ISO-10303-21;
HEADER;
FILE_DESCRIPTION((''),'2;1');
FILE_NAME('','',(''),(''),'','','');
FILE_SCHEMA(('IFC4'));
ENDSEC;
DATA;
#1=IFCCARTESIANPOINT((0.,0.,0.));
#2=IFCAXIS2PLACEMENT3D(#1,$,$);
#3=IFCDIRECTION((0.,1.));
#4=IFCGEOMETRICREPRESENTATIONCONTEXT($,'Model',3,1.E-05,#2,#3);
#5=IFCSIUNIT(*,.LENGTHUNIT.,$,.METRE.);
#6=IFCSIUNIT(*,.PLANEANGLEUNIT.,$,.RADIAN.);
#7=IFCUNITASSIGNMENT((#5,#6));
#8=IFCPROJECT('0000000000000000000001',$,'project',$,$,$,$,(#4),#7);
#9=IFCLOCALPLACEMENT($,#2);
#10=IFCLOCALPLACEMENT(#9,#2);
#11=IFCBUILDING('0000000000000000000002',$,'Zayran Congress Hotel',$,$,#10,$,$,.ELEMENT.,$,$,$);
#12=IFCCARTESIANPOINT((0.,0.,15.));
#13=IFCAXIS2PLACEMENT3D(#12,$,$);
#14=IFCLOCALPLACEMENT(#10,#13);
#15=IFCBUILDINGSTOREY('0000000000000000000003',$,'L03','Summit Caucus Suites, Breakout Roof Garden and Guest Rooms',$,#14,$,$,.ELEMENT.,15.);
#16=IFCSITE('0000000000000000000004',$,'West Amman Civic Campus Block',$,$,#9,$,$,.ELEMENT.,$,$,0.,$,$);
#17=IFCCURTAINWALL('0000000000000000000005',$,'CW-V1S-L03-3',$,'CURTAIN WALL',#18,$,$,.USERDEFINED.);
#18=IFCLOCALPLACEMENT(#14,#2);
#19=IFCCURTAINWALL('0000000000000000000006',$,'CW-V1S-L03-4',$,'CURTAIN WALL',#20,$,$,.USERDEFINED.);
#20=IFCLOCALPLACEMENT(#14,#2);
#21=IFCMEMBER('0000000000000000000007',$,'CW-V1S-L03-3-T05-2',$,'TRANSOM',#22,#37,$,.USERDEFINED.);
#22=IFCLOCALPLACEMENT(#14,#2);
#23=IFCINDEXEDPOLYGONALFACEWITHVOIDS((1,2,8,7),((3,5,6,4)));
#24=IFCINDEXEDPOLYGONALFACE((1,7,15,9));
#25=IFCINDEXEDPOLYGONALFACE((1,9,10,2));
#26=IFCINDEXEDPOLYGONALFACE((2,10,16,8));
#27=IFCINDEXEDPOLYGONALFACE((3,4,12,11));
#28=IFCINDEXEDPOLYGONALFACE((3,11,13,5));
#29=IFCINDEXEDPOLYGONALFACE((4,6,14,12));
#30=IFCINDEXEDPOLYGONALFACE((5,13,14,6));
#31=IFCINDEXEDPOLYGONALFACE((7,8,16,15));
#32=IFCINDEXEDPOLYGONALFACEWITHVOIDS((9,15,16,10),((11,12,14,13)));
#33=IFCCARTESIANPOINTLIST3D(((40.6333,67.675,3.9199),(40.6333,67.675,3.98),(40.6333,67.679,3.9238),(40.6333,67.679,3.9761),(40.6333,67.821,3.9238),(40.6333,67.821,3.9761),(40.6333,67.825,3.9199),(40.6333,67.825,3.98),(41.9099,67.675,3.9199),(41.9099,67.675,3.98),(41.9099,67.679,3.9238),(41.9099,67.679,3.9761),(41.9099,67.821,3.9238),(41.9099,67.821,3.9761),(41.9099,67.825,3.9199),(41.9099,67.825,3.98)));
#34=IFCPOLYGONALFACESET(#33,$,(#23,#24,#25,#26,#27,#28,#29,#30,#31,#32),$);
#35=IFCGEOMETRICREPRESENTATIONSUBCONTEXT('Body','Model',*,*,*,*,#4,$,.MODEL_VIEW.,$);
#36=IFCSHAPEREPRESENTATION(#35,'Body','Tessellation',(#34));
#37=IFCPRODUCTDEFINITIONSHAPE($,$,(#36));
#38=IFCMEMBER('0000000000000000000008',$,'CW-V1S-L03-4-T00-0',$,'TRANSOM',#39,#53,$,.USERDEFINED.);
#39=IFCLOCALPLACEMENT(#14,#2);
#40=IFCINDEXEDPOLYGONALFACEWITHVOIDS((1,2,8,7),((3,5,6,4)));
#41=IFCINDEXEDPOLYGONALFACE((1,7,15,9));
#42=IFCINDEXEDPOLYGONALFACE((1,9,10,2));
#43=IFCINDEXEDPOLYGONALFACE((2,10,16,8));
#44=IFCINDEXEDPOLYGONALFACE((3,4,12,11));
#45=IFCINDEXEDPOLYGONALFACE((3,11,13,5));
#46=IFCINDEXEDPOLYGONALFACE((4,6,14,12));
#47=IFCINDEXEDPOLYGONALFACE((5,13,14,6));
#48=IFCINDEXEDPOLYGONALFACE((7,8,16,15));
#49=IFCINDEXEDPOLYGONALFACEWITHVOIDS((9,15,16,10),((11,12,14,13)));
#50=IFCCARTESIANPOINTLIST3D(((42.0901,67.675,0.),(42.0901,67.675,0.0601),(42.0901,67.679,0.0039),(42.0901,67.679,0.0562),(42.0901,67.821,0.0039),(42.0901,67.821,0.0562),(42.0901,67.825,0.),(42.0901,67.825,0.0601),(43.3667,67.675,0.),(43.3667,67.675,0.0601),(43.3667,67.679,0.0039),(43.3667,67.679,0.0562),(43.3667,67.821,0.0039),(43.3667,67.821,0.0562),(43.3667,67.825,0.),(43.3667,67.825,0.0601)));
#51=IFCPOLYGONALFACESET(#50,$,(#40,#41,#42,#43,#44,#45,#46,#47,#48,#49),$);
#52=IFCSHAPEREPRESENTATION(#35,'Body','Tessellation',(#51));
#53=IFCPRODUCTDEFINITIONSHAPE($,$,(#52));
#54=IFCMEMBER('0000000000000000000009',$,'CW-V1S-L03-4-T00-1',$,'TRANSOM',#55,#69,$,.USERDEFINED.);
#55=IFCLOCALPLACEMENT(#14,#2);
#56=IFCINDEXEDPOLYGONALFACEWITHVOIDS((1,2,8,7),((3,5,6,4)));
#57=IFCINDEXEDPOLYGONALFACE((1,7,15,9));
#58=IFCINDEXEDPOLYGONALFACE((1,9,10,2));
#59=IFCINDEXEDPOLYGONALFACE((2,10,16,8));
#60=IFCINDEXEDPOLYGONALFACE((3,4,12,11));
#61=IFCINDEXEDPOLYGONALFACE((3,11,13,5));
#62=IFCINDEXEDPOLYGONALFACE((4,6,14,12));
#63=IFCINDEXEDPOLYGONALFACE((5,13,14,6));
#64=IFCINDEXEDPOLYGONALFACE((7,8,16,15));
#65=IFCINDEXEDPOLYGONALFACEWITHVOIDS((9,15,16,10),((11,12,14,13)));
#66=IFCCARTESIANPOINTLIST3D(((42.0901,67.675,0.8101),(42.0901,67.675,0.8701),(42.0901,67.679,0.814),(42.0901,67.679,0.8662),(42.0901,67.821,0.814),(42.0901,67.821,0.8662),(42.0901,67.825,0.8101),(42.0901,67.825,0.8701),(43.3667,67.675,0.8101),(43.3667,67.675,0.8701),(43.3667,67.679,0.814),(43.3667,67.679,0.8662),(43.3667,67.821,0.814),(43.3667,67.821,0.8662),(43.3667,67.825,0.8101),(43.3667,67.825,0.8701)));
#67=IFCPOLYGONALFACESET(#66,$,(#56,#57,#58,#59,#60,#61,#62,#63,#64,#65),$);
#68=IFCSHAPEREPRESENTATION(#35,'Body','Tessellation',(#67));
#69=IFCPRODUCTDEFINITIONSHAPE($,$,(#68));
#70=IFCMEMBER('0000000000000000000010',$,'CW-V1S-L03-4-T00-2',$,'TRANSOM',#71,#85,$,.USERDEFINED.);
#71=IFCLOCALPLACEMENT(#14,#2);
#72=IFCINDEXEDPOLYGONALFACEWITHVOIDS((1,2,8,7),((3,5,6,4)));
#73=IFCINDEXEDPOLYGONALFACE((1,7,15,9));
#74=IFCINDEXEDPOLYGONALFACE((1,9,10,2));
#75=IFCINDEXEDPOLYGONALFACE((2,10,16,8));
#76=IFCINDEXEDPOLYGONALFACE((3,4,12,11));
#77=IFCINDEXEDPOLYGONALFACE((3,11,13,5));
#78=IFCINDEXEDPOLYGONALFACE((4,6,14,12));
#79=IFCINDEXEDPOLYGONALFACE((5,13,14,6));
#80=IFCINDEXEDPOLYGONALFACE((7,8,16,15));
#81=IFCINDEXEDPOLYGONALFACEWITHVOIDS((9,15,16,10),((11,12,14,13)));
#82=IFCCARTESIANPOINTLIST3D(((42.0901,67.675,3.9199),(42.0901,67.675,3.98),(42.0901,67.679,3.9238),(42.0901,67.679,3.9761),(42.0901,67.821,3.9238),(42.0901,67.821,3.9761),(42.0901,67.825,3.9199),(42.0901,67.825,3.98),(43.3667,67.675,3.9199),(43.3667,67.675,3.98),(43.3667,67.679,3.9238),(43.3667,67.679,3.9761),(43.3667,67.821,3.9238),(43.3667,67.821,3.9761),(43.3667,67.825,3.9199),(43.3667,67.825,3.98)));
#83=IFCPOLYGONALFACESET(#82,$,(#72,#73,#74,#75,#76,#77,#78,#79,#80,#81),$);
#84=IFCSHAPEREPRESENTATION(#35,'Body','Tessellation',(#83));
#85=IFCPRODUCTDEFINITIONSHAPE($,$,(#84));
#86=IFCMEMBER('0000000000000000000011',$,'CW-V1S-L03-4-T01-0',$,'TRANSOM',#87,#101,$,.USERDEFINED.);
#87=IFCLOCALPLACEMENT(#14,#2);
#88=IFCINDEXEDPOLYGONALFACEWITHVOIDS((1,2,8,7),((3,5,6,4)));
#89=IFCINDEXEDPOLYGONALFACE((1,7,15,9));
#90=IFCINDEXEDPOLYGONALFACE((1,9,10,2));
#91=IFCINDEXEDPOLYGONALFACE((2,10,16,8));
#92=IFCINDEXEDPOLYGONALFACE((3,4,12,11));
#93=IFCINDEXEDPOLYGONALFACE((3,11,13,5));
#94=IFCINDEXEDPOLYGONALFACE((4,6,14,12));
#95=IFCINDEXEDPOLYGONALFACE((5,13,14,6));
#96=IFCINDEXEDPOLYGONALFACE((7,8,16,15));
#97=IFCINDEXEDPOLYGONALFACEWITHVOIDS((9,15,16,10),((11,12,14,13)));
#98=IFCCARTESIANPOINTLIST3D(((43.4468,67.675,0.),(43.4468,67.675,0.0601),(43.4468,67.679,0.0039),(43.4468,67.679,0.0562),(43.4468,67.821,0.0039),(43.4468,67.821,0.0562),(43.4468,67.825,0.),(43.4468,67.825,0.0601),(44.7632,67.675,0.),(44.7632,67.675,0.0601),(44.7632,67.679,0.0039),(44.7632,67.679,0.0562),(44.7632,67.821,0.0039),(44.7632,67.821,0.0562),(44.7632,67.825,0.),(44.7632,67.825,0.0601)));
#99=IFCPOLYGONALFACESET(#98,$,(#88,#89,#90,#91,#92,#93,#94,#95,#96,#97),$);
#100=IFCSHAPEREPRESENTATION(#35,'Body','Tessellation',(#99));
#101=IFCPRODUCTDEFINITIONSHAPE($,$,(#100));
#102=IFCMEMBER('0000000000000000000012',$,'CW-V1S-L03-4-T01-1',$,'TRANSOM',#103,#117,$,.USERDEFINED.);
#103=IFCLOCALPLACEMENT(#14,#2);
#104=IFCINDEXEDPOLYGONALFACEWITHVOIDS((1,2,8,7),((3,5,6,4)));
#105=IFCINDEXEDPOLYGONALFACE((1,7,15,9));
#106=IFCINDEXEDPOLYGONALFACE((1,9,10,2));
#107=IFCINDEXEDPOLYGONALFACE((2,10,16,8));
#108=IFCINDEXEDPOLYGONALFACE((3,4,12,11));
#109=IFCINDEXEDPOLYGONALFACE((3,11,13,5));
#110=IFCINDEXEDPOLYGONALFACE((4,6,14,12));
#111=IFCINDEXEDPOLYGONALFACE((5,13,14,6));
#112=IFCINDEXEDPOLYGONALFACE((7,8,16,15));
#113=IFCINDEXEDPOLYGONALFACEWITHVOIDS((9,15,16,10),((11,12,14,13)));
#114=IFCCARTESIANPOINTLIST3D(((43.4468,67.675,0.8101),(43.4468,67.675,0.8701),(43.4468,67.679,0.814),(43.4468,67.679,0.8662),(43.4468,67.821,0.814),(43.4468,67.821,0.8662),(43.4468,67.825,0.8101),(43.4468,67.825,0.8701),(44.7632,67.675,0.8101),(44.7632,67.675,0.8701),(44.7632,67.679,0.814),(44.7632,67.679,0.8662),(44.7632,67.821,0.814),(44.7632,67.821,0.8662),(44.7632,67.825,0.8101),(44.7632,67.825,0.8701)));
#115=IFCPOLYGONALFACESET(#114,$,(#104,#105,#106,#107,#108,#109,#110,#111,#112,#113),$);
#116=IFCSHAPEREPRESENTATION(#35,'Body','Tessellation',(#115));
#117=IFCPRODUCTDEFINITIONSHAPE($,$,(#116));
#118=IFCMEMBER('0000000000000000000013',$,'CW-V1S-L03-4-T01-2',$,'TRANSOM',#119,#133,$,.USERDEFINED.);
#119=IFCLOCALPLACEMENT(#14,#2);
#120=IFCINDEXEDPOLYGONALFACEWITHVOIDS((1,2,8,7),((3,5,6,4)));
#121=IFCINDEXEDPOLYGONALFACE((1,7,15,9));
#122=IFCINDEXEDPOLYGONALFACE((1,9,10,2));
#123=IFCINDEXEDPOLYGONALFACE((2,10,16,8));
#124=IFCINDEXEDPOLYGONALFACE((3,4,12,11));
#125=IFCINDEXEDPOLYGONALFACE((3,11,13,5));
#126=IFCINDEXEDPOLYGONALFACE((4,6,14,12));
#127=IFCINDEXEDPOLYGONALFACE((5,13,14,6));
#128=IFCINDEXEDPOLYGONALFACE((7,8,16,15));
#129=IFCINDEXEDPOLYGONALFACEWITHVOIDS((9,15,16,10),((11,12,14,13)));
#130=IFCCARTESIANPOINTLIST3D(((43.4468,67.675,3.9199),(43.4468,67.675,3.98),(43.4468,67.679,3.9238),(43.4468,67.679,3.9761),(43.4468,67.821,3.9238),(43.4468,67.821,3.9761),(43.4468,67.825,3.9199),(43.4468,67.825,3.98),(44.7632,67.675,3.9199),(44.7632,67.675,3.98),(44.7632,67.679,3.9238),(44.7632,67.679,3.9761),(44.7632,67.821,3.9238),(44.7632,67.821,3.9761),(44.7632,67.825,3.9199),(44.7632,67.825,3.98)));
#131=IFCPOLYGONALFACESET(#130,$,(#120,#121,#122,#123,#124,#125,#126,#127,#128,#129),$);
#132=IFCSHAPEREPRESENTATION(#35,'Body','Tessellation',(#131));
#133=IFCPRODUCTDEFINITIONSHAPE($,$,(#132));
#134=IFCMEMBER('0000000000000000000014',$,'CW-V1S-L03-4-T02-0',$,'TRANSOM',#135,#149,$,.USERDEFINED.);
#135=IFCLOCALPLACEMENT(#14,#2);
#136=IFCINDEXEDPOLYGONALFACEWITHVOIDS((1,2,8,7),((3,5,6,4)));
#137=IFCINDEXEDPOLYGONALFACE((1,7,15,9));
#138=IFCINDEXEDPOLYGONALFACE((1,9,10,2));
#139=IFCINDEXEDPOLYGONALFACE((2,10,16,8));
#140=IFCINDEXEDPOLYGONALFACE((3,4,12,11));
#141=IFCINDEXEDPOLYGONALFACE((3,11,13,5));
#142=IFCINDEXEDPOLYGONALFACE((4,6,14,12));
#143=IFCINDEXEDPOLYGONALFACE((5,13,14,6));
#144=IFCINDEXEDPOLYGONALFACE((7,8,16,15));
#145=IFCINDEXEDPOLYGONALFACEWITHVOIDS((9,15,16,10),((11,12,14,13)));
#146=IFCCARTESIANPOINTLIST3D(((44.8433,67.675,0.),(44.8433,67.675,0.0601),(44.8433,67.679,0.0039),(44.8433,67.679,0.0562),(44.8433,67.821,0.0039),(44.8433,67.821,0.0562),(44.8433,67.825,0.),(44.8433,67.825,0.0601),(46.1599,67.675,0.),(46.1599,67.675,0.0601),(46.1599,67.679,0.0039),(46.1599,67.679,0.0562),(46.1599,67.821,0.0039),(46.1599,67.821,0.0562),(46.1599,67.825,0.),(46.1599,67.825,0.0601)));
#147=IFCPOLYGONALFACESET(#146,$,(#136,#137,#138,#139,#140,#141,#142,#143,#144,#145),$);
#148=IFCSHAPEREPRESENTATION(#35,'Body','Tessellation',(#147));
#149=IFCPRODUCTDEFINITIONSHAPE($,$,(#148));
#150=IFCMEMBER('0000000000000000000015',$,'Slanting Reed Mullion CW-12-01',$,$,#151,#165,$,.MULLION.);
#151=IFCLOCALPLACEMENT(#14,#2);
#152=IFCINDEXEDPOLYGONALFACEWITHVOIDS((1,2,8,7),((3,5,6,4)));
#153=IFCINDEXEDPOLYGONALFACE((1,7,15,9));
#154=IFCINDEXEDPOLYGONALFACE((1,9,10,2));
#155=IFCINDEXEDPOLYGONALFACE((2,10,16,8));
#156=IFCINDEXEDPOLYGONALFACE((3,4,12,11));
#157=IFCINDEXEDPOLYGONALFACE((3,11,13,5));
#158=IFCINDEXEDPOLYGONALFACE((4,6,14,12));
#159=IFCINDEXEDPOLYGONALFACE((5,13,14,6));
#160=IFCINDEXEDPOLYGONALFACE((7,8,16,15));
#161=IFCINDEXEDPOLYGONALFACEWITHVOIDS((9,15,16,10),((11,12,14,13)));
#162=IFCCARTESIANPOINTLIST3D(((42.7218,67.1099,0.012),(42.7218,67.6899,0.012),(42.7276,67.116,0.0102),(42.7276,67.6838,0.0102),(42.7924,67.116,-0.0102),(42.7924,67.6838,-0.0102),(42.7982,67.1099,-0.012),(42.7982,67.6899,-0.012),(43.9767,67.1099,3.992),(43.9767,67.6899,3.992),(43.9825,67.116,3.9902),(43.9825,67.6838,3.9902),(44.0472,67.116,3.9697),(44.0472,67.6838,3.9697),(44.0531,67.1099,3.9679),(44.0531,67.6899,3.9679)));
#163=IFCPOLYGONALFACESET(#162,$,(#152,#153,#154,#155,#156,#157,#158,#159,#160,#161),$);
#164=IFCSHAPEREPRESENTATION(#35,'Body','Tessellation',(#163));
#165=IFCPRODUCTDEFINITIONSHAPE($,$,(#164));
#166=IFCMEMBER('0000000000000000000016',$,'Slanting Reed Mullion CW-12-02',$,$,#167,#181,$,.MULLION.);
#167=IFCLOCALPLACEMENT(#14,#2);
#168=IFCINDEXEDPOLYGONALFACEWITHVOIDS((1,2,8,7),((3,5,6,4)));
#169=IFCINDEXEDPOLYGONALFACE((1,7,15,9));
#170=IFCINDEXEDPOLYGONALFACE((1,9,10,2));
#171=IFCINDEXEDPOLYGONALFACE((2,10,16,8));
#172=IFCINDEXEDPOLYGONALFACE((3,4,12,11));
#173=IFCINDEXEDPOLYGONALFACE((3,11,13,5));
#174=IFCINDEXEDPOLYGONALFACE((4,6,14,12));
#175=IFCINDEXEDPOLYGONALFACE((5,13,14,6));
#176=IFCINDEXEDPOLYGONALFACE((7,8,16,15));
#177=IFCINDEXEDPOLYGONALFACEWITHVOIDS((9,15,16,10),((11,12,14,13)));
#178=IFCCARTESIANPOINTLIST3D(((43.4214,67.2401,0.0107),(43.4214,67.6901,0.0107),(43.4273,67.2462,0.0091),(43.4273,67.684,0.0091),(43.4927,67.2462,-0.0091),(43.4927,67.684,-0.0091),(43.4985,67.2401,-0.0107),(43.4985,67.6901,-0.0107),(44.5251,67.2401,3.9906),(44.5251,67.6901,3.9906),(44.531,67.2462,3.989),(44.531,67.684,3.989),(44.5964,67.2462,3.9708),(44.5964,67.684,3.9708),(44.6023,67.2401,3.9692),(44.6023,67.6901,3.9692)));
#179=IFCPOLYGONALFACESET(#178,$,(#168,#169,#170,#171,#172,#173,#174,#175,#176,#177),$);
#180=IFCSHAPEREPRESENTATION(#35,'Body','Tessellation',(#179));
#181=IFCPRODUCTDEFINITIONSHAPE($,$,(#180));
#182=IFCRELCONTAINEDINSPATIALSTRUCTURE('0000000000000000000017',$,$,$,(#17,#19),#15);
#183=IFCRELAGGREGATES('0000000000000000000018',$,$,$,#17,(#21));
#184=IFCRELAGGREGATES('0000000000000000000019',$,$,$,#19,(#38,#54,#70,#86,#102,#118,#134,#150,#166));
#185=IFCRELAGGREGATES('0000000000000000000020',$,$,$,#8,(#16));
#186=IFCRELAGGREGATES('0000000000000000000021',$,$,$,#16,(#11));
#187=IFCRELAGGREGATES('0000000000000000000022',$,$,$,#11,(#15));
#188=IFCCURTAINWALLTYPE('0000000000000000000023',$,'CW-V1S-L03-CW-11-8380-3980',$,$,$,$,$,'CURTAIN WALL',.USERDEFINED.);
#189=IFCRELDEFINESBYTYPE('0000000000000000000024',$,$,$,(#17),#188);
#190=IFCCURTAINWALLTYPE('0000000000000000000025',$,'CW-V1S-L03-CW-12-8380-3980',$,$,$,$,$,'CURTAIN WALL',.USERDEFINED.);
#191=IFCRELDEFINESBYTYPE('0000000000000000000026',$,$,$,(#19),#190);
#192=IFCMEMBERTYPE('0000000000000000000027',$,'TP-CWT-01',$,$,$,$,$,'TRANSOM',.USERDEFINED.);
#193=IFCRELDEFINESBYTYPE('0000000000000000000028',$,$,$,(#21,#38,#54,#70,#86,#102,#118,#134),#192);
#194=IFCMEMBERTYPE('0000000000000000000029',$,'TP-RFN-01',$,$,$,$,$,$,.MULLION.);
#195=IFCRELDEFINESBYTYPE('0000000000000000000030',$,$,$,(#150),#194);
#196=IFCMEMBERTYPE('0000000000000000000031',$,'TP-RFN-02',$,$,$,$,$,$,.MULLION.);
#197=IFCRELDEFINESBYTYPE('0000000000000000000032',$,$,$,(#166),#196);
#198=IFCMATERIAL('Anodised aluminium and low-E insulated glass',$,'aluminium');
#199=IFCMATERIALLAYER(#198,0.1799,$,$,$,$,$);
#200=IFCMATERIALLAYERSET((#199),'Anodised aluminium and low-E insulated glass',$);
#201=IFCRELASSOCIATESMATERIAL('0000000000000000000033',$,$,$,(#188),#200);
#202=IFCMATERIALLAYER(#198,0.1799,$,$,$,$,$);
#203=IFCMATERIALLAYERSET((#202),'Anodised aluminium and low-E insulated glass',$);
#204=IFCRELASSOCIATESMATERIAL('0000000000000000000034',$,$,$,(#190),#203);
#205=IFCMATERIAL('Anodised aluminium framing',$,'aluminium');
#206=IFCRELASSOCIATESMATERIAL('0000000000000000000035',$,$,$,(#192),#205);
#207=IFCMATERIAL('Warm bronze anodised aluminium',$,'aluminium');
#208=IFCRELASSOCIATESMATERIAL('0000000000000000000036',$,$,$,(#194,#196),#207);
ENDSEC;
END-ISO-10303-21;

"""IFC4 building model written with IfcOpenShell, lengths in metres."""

from ifc_helpers import new_model, si_unit, direction, frame, origin, origin_2d, place, context, subcontext, project, spatial, hollow_rectangle, extrude, material, layer, layer_set, material_profile, profile_set, type_object, element, aggregate, save


model = new_model("IFC4")

# Units and contexts
model_context = context("Model", 3, precision=1e-05, world=origin(), true_north=direction((0.0, 1.0)))
body_context = subcontext(model_context, "Body", "Model", "MODEL_VIEW")
ifc_project = project(units=[si_unit("LENGTHUNIT", "METRE"), si_unit("PLANEANGLEUNIT", "RADIAN")], contexts=[model_context])

# Site, building, storey
site_placement = place(None, origin())
site = spatial("IfcSite", under=ifc_project, at=site_placement, Name="West Amman Civic Campus Block", CompositionType="ELEMENT", RefElevation=0.0)
building_placement = place(site_placement, origin())
building = spatial("IfcBuilding", under=site, at=building_placement, Name="Zayran Congress Hotel", CompositionType="ELEMENT")
storey_placement = place(building_placement, frame((0.0, 0.0, 15.0)))
storey = spatial("IfcBuildingStorey", under=building, at=storey_placement, Name="L03", Description="Summit Caucus Suites, Breakout Roof Garden and Guest Rooms", CompositionType="ELEMENT", Elevation=15.0)

# Curtain walls
ifc_material_1 = material(Name="Anodised aluminium and low-E insulated glass", Category="aluminium")
ifc_layer_1 = layer(ifc_material_1, 0.1799)
ifc_layer_set_1 = layer_set([ifc_layer_1], Name="Anodised aluminium and low-E insulated glass")
curtain_wall_type_1 = type_object("IfcCurtainWallType", Name="CW-V1S-L03-CW-11-8380-3980", ElementType="CURTAIN WALL", PredefinedType="USERDEFINED", material=ifc_layer_set_1)
curtain_wall_1_placement = place(storey_placement, origin())
curtain_wall_1 = element("IfcCurtainWall", 1, at=curtain_wall_1_placement, inside=storey, type_object=curtain_wall_type_1, Name="CW-V1S-L03-3", ObjectType="CURTAIN WALL", PredefinedType="USERDEFINED")
ifc_material_2 = material(Name="Anodised aluminium framing", Category="aluminium")
ifc_layer_2 = layer(ifc_material_1, 0.1799)
ifc_layer_set_2 = layer_set([ifc_layer_2], Name="Anodised aluminium and low-E insulated glass")
curtain_wall_type_2 = type_object("IfcCurtainWallType", Name="CW-V1S-L03-CW-12-8380-3980", ElementType="CURTAIN WALL", PredefinedType="USERDEFINED", material=ifc_layer_set_2)
curtain_wall_2_placement = place(storey_placement, origin())
curtain_wall_2 = element("IfcCurtainWall", 2, at=curtain_wall_2_placement, inside=storey, type_object=curtain_wall_type_2, Name="CW-V1S-L03-4", ObjectType="CURTAIN WALL", PredefinedType="USERDEFINED")

# Members
ifc_material_profile_1 = material_profile(ifc_material_2, hollow_rectangle(XDim=0.0601, YDim=0.1499, WallThickness=0.0039, at=origin_2d()), Name="RHS 150x60x4")
ifc_profile_set_1 = profile_set([ifc_material_profile_1], Name="Anodised aluminium framing")
member_type_1 = type_object("IfcMemberType", Name="TP-CWT-01", ElementType="TRANSOM", PredefinedType="USERDEFINED", material=ifc_profile_set_1)
member_1_placement = place(storey_placement, frame((40.6333, 67.75, 3.95), z_axis=(1.0, 0.0, 0.0), x_axis=(0.0, 0.0, 1.0)))
member_1 = element("IfcMember", 3, at=member_1_placement, type_object=member_type_1, Name="CW-V1S-L03-3-T05-2", ObjectType="TRANSOM", PredefinedType="USERDEFINED", context=body_context, shape_type="SweptSolid", body=[
    extrude(hollow_rectangle(XDim=0.0601, YDim=0.1499, WallThickness=0.0039, at=origin_2d()), origin(), (0.0, 0.0, 1.0), 1.2766),
])
member_2_placement = place(storey_placement, frame((42.0901, 67.75, 0.03), z_axis=(1.0, 0.0, 0.0), x_axis=(0.0, 0.0, 1.0)))
member_2 = element("IfcMember", 4, at=member_2_placement, type_object=member_type_1, Name="CW-V1S-L03-4-T00-0", ObjectType="TRANSOM", PredefinedType="USERDEFINED", context=body_context, shape_type="SweptSolid", body=[
    extrude(hollow_rectangle(XDim=0.0601, YDim=0.1499, WallThickness=0.0039, at=origin_2d()), origin(), (0.0, 0.0, 1.0), 1.2766),
])
member_3_placement = place(storey_placement, frame((42.0901, 67.75, 0.8401), z_axis=(1.0, 0.0, 0.0), x_axis=(0.0, 0.0, 1.0)))
member_3 = element("IfcMember", 5, at=member_3_placement, type_object=member_type_1, Name="CW-V1S-L03-4-T00-1", ObjectType="TRANSOM", PredefinedType="USERDEFINED", context=body_context, shape_type="SweptSolid", body=[
    extrude(hollow_rectangle(XDim=0.0601, YDim=0.1499, WallThickness=0.0039, at=origin_2d()), origin(), (0.0, 0.0, 1.0), 1.2766),
])
member_4_placement = place(storey_placement, frame((42.0901, 67.75, 3.95), z_axis=(1.0, 0.0, 0.0), x_axis=(0.0, 0.0, 1.0)))
member_4 = element("IfcMember", 6, at=member_4_placement, type_object=member_type_1, Name="CW-V1S-L03-4-T00-2", ObjectType="TRANSOM", PredefinedType="USERDEFINED", context=body_context, shape_type="SweptSolid", body=[
    extrude(hollow_rectangle(XDim=0.0601, YDim=0.1499, WallThickness=0.0039, at=origin_2d()), origin(), (0.0, 0.0, 1.0), 1.2766),
])
member_5_placement = place(storey_placement, frame((43.4468, 67.75, 0.03), z_axis=(1.0, 0.0, 0.0), x_axis=(0.0, 0.0, 1.0)))
member_5 = element("IfcMember", 7, at=member_5_placement, type_object=member_type_1, Name="CW-V1S-L03-4-T01-0", ObjectType="TRANSOM", PredefinedType="USERDEFINED", context=body_context, shape_type="SweptSolid", body=[
    extrude(hollow_rectangle(XDim=0.0601, YDim=0.1499, WallThickness=0.0039, at=origin_2d()), origin(), (0.0, 0.0, 1.0), 1.3164),
])
member_6_placement = place(storey_placement, frame((43.4468, 67.75, 0.8401), z_axis=(1.0, 0.0, 0.0), x_axis=(0.0, 0.0, 1.0)))
member_6 = element("IfcMember", 8, at=member_6_placement, type_object=member_type_1, Name="CW-V1S-L03-4-T01-1", ObjectType="TRANSOM", PredefinedType="USERDEFINED", context=body_context, shape_type="SweptSolid", body=[
    extrude(hollow_rectangle(XDim=0.0601, YDim=0.1499, WallThickness=0.0039, at=origin_2d()), origin(), (0.0, 0.0, 1.0), 1.3164),
])
member_7_placement = place(storey_placement, frame((43.4468, 67.75, 3.95), z_axis=(1.0, 0.0, 0.0), x_axis=(0.0, 0.0, 1.0)))
member_7 = element("IfcMember", 9, at=member_7_placement, type_object=member_type_1, Name="CW-V1S-L03-4-T01-2", ObjectType="TRANSOM", PredefinedType="USERDEFINED", context=body_context, shape_type="SweptSolid", body=[
    extrude(hollow_rectangle(XDim=0.0601, YDim=0.1499, WallThickness=0.0039, at=origin_2d()), origin(), (0.0, 0.0, 1.0), 1.3164),
])
member_8_placement = place(storey_placement, frame((44.8433, 67.75, 0.03), z_axis=(1.0, 0.0, 0.0), x_axis=(0.0, 0.0, 1.0)))
member_8 = element("IfcMember", 10, at=member_8_placement, type_object=member_type_1, Name="CW-V1S-L03-4-T02-0", ObjectType="TRANSOM", PredefinedType="USERDEFINED", context=body_context, shape_type="SweptSolid", body=[
    extrude(hollow_rectangle(XDim=0.0601, YDim=0.1499, WallThickness=0.0039, at=origin_2d()), origin(), (0.0, 0.0, 1.0), 1.3167),
])
ifc_material_3 = material(Name="Warm bronze anodised aluminium", Category="aluminium")
ifc_material_profile_2 = material_profile(ifc_material_3, hollow_rectangle(XDim=0.0801, YDim=0.5801, WallThickness=0.0061, at=origin_2d()), Name="RHS 580x80x6")
ifc_profile_set_2 = profile_set([ifc_material_profile_2], Name="Warm bronze anodised aluminium")
member_type_2 = type_object("IfcMemberType", Name="TP-RFN-01", PredefinedType="MULLION", material=ifc_profile_set_2)
member_9_placement = place(storey_placement, frame((42.76, 67.3999, 0.0), z_axis=(0.300706, 0.0, 0.953717), x_axis=(-0.953717, 0.0, 0.300706)))
member_9 = element("IfcMember", 11, at=member_9_placement, type_object=member_type_2, Name="Slanting Reed Mullion CW-12-01", PredefinedType="MULLION", context=body_context, shape_type="SweptSolid", body=[
    extrude(hollow_rectangle(XDim=0.0801, YDim=0.5801, WallThickness=0.0061, at=origin_2d()), origin(), (0.0, 0.0, 1.0), 4.1731),
])
ifc_material_profile_3 = material_profile(ifc_material_3, hollow_rectangle(XDim=0.0801, YDim=0.45, WallThickness=0.0061, at=origin_2d()), Name="RHS 450x80x6")
ifc_profile_set_3 = profile_set([ifc_material_profile_3], Name="Warm bronze anodised aluminium")
member_type_3 = type_object("IfcMemberType", Name="TP-RFN-02", PredefinedType="MULLION", material=ifc_profile_set_3)
member_10_placement = place(storey_placement, frame((43.46, 67.4651, 0.0), z_axis=(0.267241, 0.0, 0.96363), x_axis=(-0.96363, 0.0, 0.267241)))
member_10 = element("IfcMember", 12, at=member_10_placement, type_object=member_type_3, Name="Slanting Reed Mullion CW-12-02", PredefinedType="MULLION", context=body_context, shape_type="SweptSolid", body=[
    extrude(hollow_rectangle(XDim=0.0801, YDim=0.45, WallThickness=0.0061, at=origin_2d()), origin(), (0.0, 0.0, 1.0), 4.1301),
])

aggregate(curtain_wall_1, [member_1])
aggregate(curtain_wall_2, [member_2, member_3, member_4, member_5, member_6, member_7, member_8, member_9, member_10])

save(model, "model.ifc")
